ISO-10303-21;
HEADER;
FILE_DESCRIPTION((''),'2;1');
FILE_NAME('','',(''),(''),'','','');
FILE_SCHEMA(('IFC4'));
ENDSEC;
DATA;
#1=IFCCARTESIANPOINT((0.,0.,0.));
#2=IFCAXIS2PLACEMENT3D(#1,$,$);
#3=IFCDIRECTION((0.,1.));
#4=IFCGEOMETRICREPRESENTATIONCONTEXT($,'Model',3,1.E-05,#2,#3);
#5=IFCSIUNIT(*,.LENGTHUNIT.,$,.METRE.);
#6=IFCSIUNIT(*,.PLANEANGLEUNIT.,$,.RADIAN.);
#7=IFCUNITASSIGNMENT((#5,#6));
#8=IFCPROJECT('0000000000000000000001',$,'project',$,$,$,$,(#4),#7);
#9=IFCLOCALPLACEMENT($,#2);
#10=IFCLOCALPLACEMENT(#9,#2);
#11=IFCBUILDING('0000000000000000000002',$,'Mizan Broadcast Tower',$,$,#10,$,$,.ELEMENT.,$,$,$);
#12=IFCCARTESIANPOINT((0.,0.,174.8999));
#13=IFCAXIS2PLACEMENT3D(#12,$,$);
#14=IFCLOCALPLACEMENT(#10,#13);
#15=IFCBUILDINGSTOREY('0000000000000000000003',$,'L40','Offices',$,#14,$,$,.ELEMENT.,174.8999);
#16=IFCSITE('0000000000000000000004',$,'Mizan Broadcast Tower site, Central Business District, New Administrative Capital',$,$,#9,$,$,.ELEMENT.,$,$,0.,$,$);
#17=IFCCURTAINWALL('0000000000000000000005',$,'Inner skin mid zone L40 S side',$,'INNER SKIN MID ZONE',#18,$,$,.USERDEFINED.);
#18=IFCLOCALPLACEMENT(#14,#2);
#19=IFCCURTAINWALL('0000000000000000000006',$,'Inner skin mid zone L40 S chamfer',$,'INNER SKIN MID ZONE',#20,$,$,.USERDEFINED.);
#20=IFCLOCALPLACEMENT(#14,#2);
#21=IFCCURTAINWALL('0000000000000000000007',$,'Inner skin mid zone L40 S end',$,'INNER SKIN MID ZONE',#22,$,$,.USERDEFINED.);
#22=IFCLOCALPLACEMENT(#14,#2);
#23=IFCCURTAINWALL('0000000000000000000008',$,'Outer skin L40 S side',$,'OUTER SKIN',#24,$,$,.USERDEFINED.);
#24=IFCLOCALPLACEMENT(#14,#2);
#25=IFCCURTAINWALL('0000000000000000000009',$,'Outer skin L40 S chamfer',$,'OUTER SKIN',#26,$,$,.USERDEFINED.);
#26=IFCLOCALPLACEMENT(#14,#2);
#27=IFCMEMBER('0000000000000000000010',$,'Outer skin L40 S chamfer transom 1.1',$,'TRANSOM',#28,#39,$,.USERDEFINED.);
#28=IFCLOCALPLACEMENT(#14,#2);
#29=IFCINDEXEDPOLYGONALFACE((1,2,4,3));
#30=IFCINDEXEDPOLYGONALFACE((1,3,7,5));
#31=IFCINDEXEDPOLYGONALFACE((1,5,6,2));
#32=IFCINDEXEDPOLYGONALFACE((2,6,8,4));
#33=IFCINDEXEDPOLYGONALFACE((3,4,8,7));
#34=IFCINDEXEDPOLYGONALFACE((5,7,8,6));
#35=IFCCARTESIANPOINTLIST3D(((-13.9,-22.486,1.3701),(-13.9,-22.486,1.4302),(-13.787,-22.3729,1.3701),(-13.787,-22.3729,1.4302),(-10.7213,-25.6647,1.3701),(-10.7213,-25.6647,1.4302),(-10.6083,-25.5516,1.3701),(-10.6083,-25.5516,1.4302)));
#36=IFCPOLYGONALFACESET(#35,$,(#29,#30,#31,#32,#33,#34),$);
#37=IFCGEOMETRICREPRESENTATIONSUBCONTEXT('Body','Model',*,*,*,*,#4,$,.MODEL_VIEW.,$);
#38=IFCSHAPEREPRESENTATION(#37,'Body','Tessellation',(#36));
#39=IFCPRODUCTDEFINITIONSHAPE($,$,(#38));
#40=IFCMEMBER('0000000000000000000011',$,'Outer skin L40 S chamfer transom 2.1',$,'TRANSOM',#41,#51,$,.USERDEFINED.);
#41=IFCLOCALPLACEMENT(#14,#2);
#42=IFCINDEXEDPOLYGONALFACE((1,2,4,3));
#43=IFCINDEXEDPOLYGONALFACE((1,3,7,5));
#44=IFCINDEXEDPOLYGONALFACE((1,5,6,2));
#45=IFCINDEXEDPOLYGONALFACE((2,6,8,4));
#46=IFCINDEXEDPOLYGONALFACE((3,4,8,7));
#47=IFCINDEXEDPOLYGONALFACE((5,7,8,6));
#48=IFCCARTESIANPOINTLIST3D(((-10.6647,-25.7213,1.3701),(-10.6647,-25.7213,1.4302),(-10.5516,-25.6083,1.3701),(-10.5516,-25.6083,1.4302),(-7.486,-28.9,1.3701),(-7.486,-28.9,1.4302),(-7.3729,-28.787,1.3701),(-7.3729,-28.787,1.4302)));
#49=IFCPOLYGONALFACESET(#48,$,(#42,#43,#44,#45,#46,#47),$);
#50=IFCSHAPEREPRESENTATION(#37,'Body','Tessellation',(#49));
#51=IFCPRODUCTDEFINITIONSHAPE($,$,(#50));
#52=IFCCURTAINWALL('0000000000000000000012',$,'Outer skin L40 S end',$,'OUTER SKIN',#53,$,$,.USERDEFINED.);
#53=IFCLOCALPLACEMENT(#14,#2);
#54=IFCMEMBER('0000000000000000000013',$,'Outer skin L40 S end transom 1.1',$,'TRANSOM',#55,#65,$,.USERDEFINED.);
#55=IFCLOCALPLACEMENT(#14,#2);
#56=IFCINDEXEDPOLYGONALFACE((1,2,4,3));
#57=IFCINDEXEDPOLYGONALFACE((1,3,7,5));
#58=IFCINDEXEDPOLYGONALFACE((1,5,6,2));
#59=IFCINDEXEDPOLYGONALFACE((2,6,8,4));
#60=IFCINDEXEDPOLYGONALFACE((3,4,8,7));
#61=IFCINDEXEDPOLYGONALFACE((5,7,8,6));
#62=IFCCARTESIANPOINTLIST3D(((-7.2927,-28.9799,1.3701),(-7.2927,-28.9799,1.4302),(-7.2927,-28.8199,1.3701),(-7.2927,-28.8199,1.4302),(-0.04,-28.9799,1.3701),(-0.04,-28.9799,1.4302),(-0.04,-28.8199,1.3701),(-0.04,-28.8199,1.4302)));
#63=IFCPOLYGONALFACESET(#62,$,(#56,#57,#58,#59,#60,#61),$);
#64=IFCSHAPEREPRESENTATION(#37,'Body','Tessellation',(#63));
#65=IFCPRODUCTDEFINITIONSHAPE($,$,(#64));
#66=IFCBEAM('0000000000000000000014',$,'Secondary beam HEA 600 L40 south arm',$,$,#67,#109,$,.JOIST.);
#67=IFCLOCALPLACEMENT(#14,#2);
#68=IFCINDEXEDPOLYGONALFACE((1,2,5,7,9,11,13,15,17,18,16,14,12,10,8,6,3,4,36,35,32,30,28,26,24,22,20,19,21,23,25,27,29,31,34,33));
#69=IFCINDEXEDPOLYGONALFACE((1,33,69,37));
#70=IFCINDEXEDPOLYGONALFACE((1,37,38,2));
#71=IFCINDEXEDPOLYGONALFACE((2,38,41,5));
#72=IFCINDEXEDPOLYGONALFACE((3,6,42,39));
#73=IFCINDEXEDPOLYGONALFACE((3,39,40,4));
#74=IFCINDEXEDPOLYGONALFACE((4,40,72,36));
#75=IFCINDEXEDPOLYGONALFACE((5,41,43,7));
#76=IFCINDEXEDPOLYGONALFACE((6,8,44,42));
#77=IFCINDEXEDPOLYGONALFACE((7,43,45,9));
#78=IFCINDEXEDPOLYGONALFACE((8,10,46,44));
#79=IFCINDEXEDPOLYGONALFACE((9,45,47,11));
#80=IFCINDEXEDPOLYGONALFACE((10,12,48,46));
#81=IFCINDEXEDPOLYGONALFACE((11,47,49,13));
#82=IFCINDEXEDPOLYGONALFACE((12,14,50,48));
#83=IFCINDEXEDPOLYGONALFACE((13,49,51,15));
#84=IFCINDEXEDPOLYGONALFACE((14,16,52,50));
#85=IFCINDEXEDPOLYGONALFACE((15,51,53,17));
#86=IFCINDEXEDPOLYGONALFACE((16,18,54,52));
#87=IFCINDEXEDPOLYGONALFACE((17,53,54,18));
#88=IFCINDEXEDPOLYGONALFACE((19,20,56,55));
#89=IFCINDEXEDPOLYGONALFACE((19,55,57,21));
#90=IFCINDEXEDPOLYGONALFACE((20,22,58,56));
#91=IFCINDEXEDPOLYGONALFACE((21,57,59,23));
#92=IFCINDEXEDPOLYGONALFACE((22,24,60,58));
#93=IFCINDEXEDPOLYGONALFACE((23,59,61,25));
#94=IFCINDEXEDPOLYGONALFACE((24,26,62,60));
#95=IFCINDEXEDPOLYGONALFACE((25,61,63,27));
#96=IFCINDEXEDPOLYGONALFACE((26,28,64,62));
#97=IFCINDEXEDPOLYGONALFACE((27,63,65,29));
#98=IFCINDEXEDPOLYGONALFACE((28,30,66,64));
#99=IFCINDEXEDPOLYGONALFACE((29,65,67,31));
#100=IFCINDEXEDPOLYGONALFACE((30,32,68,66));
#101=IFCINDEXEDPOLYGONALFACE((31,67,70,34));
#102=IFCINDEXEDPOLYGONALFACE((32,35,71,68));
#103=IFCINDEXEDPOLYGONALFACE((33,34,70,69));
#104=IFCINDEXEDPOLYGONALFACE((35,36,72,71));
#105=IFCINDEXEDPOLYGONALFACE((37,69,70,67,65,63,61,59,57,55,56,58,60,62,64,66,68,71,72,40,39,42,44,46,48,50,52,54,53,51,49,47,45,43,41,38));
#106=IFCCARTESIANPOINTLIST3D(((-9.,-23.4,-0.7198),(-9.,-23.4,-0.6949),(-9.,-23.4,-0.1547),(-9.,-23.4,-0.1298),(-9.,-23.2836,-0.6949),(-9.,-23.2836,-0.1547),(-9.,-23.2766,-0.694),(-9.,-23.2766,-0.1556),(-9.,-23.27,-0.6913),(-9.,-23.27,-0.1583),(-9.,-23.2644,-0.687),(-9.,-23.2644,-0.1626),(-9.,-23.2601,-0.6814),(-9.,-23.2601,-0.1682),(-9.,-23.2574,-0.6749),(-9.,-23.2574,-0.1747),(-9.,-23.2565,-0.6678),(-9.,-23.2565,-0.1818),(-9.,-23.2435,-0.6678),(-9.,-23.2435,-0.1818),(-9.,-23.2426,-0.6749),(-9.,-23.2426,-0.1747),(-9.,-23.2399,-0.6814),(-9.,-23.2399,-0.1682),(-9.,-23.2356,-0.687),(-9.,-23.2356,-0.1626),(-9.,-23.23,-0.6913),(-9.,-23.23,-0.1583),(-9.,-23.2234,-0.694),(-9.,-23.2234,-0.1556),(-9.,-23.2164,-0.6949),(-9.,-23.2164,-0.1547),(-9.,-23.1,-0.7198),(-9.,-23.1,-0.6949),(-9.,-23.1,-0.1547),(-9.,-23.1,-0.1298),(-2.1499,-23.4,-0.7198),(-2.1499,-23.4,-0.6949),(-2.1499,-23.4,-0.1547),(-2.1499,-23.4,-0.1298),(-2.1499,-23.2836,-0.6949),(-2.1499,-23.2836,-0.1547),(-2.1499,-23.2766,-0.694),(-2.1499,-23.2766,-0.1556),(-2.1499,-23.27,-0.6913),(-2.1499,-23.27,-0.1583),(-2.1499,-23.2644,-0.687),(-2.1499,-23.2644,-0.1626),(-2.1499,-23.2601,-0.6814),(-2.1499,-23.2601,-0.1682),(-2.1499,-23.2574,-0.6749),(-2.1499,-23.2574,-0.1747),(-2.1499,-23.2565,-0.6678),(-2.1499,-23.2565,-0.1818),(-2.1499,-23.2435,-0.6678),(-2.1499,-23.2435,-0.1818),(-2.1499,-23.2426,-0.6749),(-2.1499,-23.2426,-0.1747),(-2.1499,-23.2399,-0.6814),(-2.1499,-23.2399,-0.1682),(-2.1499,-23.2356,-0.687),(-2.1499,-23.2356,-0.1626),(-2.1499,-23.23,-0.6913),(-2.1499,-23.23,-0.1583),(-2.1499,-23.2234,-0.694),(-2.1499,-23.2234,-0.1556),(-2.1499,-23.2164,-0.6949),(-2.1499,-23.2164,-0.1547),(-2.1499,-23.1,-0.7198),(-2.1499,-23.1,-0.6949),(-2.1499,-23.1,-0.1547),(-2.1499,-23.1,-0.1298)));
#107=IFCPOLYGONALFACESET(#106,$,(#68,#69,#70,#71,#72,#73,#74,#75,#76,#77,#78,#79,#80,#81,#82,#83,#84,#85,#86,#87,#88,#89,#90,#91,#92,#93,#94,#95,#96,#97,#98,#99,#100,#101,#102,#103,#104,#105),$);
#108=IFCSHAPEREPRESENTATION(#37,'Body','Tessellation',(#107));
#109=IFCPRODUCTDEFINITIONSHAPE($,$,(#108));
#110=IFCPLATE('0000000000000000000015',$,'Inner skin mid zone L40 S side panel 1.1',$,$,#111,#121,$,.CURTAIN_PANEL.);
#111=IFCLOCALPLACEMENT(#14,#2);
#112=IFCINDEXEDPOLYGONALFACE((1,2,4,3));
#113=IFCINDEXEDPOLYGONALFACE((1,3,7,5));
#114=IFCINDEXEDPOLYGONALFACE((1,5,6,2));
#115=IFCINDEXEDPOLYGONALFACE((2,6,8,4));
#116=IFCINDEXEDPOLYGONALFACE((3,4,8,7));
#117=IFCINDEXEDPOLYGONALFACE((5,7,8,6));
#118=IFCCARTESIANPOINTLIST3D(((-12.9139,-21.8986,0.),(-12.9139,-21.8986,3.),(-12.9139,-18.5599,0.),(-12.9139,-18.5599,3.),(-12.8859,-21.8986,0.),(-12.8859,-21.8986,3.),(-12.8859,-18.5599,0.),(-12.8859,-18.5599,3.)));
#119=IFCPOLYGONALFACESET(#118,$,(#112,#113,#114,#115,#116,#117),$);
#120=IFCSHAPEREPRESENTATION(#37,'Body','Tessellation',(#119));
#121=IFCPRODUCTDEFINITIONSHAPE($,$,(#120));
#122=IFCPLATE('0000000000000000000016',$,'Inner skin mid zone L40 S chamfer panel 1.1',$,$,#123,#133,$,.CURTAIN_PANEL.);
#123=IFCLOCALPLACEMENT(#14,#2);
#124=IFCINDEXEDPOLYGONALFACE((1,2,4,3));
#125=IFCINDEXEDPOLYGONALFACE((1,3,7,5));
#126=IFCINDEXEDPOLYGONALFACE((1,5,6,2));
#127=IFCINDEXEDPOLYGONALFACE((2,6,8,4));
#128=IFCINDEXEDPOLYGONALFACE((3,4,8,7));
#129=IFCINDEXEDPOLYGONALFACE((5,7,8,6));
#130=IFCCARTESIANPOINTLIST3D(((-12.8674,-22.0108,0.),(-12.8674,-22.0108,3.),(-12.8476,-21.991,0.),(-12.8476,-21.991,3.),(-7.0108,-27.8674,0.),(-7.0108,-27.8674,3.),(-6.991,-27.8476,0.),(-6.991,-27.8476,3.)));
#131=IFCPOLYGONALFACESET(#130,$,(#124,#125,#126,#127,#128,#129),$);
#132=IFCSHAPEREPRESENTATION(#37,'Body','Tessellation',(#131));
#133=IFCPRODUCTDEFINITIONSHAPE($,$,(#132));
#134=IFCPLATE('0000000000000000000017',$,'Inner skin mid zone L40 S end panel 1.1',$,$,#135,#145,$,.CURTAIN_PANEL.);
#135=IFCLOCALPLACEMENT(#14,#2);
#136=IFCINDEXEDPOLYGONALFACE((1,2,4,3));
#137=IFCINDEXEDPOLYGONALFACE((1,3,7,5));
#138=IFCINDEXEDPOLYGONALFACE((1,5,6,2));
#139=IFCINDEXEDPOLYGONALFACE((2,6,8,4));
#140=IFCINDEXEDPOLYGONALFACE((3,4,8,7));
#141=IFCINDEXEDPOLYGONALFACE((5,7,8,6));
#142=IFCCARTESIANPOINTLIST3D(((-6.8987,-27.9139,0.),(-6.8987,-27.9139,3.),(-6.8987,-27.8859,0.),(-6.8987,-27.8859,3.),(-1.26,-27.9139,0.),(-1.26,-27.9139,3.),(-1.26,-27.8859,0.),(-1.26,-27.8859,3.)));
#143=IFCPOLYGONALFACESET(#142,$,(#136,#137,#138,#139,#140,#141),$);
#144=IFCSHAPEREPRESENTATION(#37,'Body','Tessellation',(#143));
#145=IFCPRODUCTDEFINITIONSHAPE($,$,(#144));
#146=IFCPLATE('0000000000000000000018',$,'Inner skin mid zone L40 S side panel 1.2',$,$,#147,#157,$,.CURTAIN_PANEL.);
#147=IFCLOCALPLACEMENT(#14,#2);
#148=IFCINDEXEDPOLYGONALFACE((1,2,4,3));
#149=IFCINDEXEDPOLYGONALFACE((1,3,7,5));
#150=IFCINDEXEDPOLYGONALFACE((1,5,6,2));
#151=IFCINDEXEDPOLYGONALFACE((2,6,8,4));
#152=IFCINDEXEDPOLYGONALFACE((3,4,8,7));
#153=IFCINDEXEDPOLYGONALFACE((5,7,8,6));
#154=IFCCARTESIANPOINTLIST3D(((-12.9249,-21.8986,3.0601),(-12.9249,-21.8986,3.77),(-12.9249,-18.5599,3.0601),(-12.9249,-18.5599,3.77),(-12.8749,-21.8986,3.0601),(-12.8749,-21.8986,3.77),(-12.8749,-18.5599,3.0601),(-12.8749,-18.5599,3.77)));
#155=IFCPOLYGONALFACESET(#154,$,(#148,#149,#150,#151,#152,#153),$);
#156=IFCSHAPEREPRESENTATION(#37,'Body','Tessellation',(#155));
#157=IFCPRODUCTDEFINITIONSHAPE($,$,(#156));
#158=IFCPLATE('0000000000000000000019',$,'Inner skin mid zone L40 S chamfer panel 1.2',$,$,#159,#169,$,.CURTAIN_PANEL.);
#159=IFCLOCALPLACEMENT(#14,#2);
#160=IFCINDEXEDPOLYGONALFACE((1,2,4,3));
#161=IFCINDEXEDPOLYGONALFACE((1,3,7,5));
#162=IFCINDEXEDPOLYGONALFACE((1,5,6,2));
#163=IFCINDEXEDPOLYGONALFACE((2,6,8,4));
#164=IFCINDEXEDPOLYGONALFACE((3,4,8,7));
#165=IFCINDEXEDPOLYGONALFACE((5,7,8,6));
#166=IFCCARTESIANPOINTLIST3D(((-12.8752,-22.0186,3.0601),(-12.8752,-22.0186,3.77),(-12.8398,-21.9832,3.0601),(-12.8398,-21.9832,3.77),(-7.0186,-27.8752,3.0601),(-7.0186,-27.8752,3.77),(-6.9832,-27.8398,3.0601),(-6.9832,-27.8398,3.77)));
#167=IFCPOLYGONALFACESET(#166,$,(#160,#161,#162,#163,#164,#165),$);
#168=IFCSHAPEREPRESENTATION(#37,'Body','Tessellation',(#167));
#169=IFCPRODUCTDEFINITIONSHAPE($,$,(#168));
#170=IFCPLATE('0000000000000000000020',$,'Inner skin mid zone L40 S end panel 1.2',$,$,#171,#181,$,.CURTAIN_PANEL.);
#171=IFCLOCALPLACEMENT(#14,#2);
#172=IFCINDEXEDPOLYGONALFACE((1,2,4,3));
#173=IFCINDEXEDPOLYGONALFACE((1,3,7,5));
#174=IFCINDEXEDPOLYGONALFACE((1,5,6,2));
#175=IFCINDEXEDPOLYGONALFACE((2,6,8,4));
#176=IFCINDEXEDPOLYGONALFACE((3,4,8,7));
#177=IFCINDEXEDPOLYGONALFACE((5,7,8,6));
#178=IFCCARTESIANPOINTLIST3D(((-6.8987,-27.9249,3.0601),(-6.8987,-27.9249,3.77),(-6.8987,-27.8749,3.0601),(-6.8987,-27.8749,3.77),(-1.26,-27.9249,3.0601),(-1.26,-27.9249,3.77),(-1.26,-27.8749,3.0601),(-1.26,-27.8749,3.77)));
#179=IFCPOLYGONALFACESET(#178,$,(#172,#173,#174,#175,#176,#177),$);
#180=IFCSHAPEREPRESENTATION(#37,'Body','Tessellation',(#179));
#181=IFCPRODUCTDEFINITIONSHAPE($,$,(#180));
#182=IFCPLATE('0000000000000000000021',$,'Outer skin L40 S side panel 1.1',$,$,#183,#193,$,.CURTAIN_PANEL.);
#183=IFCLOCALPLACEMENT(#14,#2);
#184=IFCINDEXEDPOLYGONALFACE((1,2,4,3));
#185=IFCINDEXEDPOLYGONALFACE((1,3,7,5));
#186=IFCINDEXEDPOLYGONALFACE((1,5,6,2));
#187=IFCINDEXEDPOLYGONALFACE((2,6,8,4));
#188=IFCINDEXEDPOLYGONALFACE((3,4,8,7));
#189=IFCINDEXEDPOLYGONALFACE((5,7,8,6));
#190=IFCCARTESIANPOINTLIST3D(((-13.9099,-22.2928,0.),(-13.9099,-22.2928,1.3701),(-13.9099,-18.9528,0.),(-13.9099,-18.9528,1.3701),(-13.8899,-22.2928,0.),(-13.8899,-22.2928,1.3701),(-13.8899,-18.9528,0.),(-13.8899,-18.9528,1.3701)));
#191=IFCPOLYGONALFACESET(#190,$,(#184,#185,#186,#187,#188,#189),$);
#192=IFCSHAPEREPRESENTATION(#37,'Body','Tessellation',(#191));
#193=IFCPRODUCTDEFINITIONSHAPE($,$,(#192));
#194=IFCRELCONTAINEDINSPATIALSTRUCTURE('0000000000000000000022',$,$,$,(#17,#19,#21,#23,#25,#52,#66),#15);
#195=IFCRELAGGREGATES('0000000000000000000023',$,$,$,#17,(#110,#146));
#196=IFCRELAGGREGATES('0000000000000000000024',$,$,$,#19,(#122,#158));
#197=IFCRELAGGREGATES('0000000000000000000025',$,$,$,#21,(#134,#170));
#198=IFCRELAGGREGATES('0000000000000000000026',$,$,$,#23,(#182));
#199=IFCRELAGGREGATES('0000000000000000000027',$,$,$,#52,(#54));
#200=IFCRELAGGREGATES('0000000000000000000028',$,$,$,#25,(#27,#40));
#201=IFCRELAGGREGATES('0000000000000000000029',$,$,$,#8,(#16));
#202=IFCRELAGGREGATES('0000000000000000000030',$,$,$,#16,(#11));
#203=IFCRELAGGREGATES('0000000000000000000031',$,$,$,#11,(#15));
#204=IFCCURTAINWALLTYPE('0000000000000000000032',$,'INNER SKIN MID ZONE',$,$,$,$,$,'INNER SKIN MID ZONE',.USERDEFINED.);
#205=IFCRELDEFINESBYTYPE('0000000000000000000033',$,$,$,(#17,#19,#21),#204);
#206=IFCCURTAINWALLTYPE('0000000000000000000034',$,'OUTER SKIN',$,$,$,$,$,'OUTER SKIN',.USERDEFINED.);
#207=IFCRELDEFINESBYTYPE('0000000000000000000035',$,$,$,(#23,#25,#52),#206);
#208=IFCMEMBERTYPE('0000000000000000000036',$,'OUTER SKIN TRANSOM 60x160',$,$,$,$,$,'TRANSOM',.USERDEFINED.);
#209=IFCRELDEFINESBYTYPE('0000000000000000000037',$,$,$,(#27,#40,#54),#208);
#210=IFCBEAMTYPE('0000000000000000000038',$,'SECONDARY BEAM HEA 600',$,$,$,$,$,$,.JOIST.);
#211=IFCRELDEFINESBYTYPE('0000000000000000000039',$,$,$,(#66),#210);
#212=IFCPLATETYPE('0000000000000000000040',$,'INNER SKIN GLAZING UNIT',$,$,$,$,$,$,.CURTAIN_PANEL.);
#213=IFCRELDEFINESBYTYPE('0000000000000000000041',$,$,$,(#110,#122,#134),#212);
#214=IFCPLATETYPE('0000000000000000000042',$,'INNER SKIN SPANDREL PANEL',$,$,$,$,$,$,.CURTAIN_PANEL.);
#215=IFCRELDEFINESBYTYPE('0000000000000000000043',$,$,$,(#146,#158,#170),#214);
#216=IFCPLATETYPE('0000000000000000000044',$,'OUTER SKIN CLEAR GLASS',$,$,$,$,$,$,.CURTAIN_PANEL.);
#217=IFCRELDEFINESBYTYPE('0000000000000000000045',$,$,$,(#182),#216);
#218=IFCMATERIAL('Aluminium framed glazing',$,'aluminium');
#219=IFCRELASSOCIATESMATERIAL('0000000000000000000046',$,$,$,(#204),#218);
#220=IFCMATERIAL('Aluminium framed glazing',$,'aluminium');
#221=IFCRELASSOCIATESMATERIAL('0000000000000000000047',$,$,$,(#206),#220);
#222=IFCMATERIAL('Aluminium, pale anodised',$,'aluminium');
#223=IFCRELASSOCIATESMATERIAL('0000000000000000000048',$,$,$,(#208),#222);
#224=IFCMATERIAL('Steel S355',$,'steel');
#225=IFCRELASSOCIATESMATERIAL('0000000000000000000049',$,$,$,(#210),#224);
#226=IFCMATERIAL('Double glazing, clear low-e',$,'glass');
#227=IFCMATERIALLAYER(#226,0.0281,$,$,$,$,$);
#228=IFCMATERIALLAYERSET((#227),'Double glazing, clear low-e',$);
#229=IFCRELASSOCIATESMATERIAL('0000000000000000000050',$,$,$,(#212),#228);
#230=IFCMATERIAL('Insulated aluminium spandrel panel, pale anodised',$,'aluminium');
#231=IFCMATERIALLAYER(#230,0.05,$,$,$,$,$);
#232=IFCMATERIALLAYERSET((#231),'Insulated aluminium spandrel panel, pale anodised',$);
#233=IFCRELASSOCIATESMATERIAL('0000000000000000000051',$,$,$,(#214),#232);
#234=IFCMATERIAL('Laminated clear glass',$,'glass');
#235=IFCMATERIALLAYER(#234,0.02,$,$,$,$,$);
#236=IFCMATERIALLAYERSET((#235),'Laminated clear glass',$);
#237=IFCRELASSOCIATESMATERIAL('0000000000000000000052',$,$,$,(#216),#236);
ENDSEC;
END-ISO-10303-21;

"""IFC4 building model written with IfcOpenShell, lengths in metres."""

from ifc_helpers import new_model, si_unit, direction, frame, origin, origin_2d, place, context, subcontext, project, spatial, rectangle, i_section, extrude, material, layer, layer_set, material_profile, profile_set, type_object, element, aggregate, save


model = new_model("IFC4")

# Units and contexts
model_context = context("Model", 3, precision=1e-05, world=origin(), true_north=direction((0.0, 1.0)))
body_context = subcontext(model_context, "Body", "Model", "MODEL_VIEW")
ifc_project = project(units=[si_unit("LENGTHUNIT", "METRE"), si_unit("PLANEANGLEUNIT", "RADIAN")], contexts=[model_context])

# Site, building, storey
site_placement = place(None, origin())
site = spatial("IfcSite", under=ifc_project, at=site_placement, Name="Mizan Broadcast Tower site, Central Business District, New Administrative Capital", CompositionType="ELEMENT", RefElevation=0.0)
building_placement = place(site_placement, origin())
building = spatial("IfcBuilding", under=site, at=building_placement, Name="Mizan Broadcast Tower", CompositionType="ELEMENT")
storey_placement = place(building_placement, frame((0.0, 0.0, 174.8999)))
storey = spatial("IfcBuildingStorey", under=building, at=storey_placement, Name="L40", Description="Offices", CompositionType="ELEMENT", Elevation=174.8999)

# Curtain walls
ifc_material_1 = material(Name="Aluminium framed glazing", Category="aluminium")
curtain_wall_type_1 = type_object("IfcCurtainWallType", Name="INNER SKIN MID ZONE", ElementType="INNER SKIN MID ZONE", PredefinedType="USERDEFINED", material=ifc_material_1)
curtain_wall_1_placement = place(storey_placement, origin())
curtain_wall_1 = element("IfcCurtainWall", 1, at=curtain_wall_1_placement, inside=storey, type_object=curtain_wall_type_1, Name="Inner skin mid zone L40 S side", ObjectType="INNER SKIN MID ZONE", PredefinedType="USERDEFINED")
curtain_wall_2_placement = place(storey_placement, origin())
curtain_wall_2 = element("IfcCurtainWall", 2, at=curtain_wall_2_placement, inside=storey, type_object=curtain_wall_type_1, Name="Inner skin mid zone L40 S chamfer", ObjectType="INNER SKIN MID ZONE", PredefinedType="USERDEFINED")
curtain_wall_3_placement = place(storey_placement, origin())
curtain_wall_3 = element("IfcCurtainWall", 3, at=curtain_wall_3_placement, inside=storey, type_object=curtain_wall_type_1, Name="Inner skin mid zone L40 S end", ObjectType="INNER SKIN MID ZONE", PredefinedType="USERDEFINED")

# Curtain wall
ifc_material_2 = material(Name="Aluminium framed glazing", Category="aluminium")
curtain_wall_type_2 = type_object("IfcCurtainWallType", Name="OUTER SKIN", ElementType="OUTER SKIN", PredefinedType="USERDEFINED", material=ifc_material_2)
curtain_wall_4_placement = place(storey_placement, origin())
curtain_wall_4 = element("IfcCurtainWall", 4, at=curtain_wall_4_placement, inside=storey, type_object=curtain_wall_type_2, Name="Outer skin L40 S side", ObjectType="OUTER SKIN", PredefinedType="USERDEFINED")

# Curtain wall, members
curtain_wall_5_placement = place(storey_placement, origin())
curtain_wall_5 = element("IfcCurtainWall", 5, at=curtain_wall_5_placement, inside=storey, type_object=curtain_wall_type_2, Name="Outer skin L40 S chamfer", ObjectType="OUTER SKIN", PredefinedType="USERDEFINED")
ifc_material_3 = material(Name="Aluminium, pale anodised", Category="aluminium")
ifc_material_profile_1 = material_profile(ifc_material_3, rectangle(XDim=0.1599, YDim=0.0601, at=origin_2d()), Name="TRANSOM 160x60")
ifc_profile_set_1 = profile_set([ifc_material_profile_1], Name="Aluminium, pale anodised")
member_type_1 = type_object("IfcMemberType", Name="OUTER SKIN TRANSOM 60x160", ElementType="TRANSOM", PredefinedType="USERDEFINED", material=ifc_profile_set_1)
member_1_placement = place(storey_placement, frame((-13.8435, -22.4294, 1.4001), z_axis=(0.707107, -0.707107, 0.0), x_axis=(0.707107, 0.707107, 0.0)))
member_1 = element("IfcMember", 6, at=member_1_placement, type_object=member_type_1, Name="Outer skin L40 S chamfer transom 1.1", ObjectType="TRANSOM", PredefinedType="USERDEFINED", context=body_context, shape_type="SweptSolid", body=[
    extrude(rectangle(XDim=0.1599, YDim=0.0601, at=origin_2d()), origin(), (0.0, 0.0, 1.0), 4.4954),
])
member_2_placement = place(storey_placement, frame((-10.6082, -25.6648, 1.4001), z_axis=(0.707107, -0.707107, 0.0), x_axis=(0.707107, 0.707107, 0.0)))
member_2 = element("IfcMember", 7, at=member_2_placement, type_object=member_type_1, Name="Outer skin L40 S chamfer transom 2.1", ObjectType="TRANSOM", PredefinedType="USERDEFINED", context=body_context, shape_type="SweptSolid", body=[
    extrude(rectangle(XDim=0.1599, YDim=0.0601, at=origin_2d()), origin(), (0.0, 0.0, 1.0), 4.4954),
])

# Curtain wall, member
curtain_wall_6_placement = place(storey_placement, origin())
curtain_wall_6 = element("IfcCurtainWall", 8, at=curtain_wall_6_placement, inside=storey, type_object=curtain_wall_type_2, Name="Outer skin L40 S end", ObjectType="OUTER SKIN", PredefinedType="USERDEFINED")
member_3_placement = place(storey_placement, frame((-7.2927, -28.8999, 1.4001), z_axis=(1.0, 0.0, 0.0), x_axis=(0.0, 1.0, 0.0)))
member_3 = element("IfcMember", 9, at=member_3_placement, type_object=member_type_1, Name="Outer skin L40 S end transom 1.1", ObjectType="TRANSOM", PredefinedType="USERDEFINED", context=body_context, shape_type="SweptSolid", body=[
    extrude(rectangle(XDim=0.1599, YDim=0.0601, at=origin_2d()), origin(), (0.0, 0.0, 1.0), 7.2527),
])

# Beam
ifc_material_4 = material(Name="Steel S355", Category="steel")
ifc_material_profile_2 = material_profile(ifc_material_4, i_section(OverallWidth=0.3, OverallDepth=0.5901, WebThickness=0.0129, FlangeThickness=0.0249, FilletRadius=0.0271, at=origin_2d()), Name="HEA 600")
ifc_profile_set_2 = profile_set([ifc_material_profile_2], Name="Steel S355")
beam_type_1 = type_object("IfcBeamType", Name="SECONDARY BEAM HEA 600", PredefinedType="JOIST", material=ifc_profile_set_2)
beam_1_placement = place(storey_placement, frame((-9.0, -23.25, -0.4248), z_axis=(1.0, 0.0, 0.0), x_axis=(0.0, 1.0, 0.0)))
element("IfcBeam", 10, at=beam_1_placement, inside=storey, type_object=beam_type_1, Name="Secondary beam HEA 600 L40 south arm", PredefinedType="JOIST", context=body_context, shape_type="SweptSolid", body=[
    extrude(i_section(OverallWidth=0.3, OverallDepth=0.5901, WebThickness=0.0129, FlangeThickness=0.0249, FilletRadius=0.0271, at=origin_2d()), origin(), (0.0, 0.0, 1.0), 6.8501),
])

# Plates
ifc_material_5 = material(Name="Double glazing, clear low-e", Category="glass")
ifc_layer_1 = layer(ifc_material_5, 0.0281)
ifc_layer_set_1 = layer_set([ifc_layer_1], Name="Double glazing, clear low-e")
plate_type_1 = type_object("IfcPlateType", Name="INNER SKIN GLAZING UNIT", PredefinedType="CURTAIN_PANEL", material=ifc_layer_set_1)
plate_1_placement = place(storey_placement, frame((-12.8999, -20.2292, 0.0), z_axis=(0.0, 0.0, 1.0), x_axis=(0.0, -1.0, 0.0)))
plate_1 = element("IfcPlate", 11, at=plate_1_placement, type_object=plate_type_1, Name="Inner skin mid zone L40 S side panel 1.1", PredefinedType="CURTAIN_PANEL", context=body_context, shape_type="SweptSolid", body=[
    extrude(rectangle(XDim=3.3386, YDim=0.0281, at=origin_2d()), origin(), (0.0, 0.0, 1.0), 3.0),
])
plate_2_placement = place(storey_placement, frame((-9.9292, -24.9292, 0.0), z_axis=(0.0, 0.0, 1.0), x_axis=(0.707107, -0.707107, 0.0)))
plate_2 = element("IfcPlate", 12, at=plate_2_placement, type_object=plate_type_1, Name="Inner skin mid zone L40 S chamfer panel 1.1", PredefinedType="CURTAIN_PANEL", context=body_context, shape_type="SweptSolid", body=[
    extrude(rectangle(XDim=8.2825, YDim=0.0281, at=origin_2d()), origin(), (0.0, 0.0, 1.0), 3.0),
])
plate_3_placement = place(storey_placement, frame((-4.0793, -27.8999, 0.0), z_axis=(0.0, 0.0, 1.0), x_axis=(1.0, 0.0, 0.0)))
plate_3 = element("IfcPlate", 13, at=plate_3_placement, type_object=plate_type_1, Name="Inner skin mid zone L40 S end panel 1.1", PredefinedType="CURTAIN_PANEL", context=body_context, shape_type="SweptSolid", body=[
    extrude(rectangle(XDim=5.6387, YDim=0.0281, at=origin_2d()), origin(), (0.0, 0.0, 1.0), 3.0),
])
ifc_material_6 = material(Name="Insulated aluminium spandrel panel, pale anodised", Category="aluminium")
ifc_layer_2 = layer(ifc_material_6, 0.05)
ifc_layer_set_2 = layer_set([ifc_layer_2], Name="Insulated aluminium spandrel panel, pale anodised")
plate_type_2 = type_object("IfcPlateType", Name="INNER SKIN SPANDREL PANEL", PredefinedType="CURTAIN_PANEL", material=ifc_layer_set_2)
plate_4_placement = place(storey_placement, frame((-12.8999, -20.2292, 3.0601), z_axis=(0.0, 0.0, 1.0), x_axis=(0.0, -1.0, 0.0)))
plate_4 = element("IfcPlate", 14, at=plate_4_placement, type_object=plate_type_2, Name="Inner skin mid zone L40 S side panel 1.2", PredefinedType="CURTAIN_PANEL", context=body_context, shape_type="SweptSolid", body=[
    extrude(rectangle(XDim=3.3386, YDim=0.05, at=origin_2d()), origin(), (0.0, 0.0, 1.0), 0.71),
])
aggregate(curtain_wall_1, [plate_1, plate_4])
plate_5_placement = place(storey_placement, frame((-9.9292, -24.9292, 3.0601), z_axis=(0.0, 0.0, 1.0), x_axis=(0.707107, -0.707107, 0.0)))
plate_5 = element("IfcPlate", 15, at=plate_5_placement, type_object=plate_type_2, Name="Inner skin mid zone L40 S chamfer panel 1.2", PredefinedType="CURTAIN_PANEL", context=body_context, shape_type="SweptSolid", body=[
    extrude(rectangle(XDim=8.2825, YDim=0.05, at=origin_2d()), origin(), (0.0, 0.0, 1.0), 0.71),
])
aggregate(curtain_wall_2, [plate_2, plate_5])
plate_6_placement = place(storey_placement, frame((-4.0793, -27.8999, 3.0601), z_axis=(0.0, 0.0, 1.0), x_axis=(1.0, 0.0, 0.0)))
plate_6 = element("IfcPlate", 16, at=plate_6_placement, type_object=plate_type_2, Name="Inner skin mid zone L40 S end panel 1.2", PredefinedType="CURTAIN_PANEL", context=body_context, shape_type="SweptSolid", body=[
    extrude(rectangle(XDim=5.6387, YDim=0.05, at=origin_2d()), origin(), (0.0, 0.0, 1.0), 0.71),
])
aggregate(curtain_wall_3, [plate_3, plate_6])
ifc_material_7 = material(Name="Laminated clear glass", Category="glass")
ifc_layer_3 = layer(ifc_material_7, 0.02)
ifc_layer_set_3 = layer_set([ifc_layer_3], Name="Laminated clear glass")
plate_type_3 = type_object("IfcPlateType", Name="OUTER SKIN CLEAR GLASS", PredefinedType="CURTAIN_PANEL", material=ifc_layer_set_3)
plate_7_placement = place(storey_placement, frame((-13.8999, -20.6228, 0.0), z_axis=(0.0, 0.0, 1.0), x_axis=(0.0, -1.0, 0.0)))
plate_7 = element("IfcPlate", 17, at=plate_7_placement, type_object=plate_type_3, Name="Outer skin L40 S side panel 1.1", PredefinedType="CURTAIN_PANEL", context=body_context, shape_type="SweptSolid", body=[
    extrude(rectangle(XDim=3.3401, YDim=0.02, at=origin_2d()), origin(), (0.0, 0.0, 1.0), 1.3701),
])
aggregate(curtain_wall_4, [plate_7])
aggregate(curtain_wall_6, [member_3])
aggregate(curtain_wall_5, [member_1, member_2])

save(model, "model.ifc")
